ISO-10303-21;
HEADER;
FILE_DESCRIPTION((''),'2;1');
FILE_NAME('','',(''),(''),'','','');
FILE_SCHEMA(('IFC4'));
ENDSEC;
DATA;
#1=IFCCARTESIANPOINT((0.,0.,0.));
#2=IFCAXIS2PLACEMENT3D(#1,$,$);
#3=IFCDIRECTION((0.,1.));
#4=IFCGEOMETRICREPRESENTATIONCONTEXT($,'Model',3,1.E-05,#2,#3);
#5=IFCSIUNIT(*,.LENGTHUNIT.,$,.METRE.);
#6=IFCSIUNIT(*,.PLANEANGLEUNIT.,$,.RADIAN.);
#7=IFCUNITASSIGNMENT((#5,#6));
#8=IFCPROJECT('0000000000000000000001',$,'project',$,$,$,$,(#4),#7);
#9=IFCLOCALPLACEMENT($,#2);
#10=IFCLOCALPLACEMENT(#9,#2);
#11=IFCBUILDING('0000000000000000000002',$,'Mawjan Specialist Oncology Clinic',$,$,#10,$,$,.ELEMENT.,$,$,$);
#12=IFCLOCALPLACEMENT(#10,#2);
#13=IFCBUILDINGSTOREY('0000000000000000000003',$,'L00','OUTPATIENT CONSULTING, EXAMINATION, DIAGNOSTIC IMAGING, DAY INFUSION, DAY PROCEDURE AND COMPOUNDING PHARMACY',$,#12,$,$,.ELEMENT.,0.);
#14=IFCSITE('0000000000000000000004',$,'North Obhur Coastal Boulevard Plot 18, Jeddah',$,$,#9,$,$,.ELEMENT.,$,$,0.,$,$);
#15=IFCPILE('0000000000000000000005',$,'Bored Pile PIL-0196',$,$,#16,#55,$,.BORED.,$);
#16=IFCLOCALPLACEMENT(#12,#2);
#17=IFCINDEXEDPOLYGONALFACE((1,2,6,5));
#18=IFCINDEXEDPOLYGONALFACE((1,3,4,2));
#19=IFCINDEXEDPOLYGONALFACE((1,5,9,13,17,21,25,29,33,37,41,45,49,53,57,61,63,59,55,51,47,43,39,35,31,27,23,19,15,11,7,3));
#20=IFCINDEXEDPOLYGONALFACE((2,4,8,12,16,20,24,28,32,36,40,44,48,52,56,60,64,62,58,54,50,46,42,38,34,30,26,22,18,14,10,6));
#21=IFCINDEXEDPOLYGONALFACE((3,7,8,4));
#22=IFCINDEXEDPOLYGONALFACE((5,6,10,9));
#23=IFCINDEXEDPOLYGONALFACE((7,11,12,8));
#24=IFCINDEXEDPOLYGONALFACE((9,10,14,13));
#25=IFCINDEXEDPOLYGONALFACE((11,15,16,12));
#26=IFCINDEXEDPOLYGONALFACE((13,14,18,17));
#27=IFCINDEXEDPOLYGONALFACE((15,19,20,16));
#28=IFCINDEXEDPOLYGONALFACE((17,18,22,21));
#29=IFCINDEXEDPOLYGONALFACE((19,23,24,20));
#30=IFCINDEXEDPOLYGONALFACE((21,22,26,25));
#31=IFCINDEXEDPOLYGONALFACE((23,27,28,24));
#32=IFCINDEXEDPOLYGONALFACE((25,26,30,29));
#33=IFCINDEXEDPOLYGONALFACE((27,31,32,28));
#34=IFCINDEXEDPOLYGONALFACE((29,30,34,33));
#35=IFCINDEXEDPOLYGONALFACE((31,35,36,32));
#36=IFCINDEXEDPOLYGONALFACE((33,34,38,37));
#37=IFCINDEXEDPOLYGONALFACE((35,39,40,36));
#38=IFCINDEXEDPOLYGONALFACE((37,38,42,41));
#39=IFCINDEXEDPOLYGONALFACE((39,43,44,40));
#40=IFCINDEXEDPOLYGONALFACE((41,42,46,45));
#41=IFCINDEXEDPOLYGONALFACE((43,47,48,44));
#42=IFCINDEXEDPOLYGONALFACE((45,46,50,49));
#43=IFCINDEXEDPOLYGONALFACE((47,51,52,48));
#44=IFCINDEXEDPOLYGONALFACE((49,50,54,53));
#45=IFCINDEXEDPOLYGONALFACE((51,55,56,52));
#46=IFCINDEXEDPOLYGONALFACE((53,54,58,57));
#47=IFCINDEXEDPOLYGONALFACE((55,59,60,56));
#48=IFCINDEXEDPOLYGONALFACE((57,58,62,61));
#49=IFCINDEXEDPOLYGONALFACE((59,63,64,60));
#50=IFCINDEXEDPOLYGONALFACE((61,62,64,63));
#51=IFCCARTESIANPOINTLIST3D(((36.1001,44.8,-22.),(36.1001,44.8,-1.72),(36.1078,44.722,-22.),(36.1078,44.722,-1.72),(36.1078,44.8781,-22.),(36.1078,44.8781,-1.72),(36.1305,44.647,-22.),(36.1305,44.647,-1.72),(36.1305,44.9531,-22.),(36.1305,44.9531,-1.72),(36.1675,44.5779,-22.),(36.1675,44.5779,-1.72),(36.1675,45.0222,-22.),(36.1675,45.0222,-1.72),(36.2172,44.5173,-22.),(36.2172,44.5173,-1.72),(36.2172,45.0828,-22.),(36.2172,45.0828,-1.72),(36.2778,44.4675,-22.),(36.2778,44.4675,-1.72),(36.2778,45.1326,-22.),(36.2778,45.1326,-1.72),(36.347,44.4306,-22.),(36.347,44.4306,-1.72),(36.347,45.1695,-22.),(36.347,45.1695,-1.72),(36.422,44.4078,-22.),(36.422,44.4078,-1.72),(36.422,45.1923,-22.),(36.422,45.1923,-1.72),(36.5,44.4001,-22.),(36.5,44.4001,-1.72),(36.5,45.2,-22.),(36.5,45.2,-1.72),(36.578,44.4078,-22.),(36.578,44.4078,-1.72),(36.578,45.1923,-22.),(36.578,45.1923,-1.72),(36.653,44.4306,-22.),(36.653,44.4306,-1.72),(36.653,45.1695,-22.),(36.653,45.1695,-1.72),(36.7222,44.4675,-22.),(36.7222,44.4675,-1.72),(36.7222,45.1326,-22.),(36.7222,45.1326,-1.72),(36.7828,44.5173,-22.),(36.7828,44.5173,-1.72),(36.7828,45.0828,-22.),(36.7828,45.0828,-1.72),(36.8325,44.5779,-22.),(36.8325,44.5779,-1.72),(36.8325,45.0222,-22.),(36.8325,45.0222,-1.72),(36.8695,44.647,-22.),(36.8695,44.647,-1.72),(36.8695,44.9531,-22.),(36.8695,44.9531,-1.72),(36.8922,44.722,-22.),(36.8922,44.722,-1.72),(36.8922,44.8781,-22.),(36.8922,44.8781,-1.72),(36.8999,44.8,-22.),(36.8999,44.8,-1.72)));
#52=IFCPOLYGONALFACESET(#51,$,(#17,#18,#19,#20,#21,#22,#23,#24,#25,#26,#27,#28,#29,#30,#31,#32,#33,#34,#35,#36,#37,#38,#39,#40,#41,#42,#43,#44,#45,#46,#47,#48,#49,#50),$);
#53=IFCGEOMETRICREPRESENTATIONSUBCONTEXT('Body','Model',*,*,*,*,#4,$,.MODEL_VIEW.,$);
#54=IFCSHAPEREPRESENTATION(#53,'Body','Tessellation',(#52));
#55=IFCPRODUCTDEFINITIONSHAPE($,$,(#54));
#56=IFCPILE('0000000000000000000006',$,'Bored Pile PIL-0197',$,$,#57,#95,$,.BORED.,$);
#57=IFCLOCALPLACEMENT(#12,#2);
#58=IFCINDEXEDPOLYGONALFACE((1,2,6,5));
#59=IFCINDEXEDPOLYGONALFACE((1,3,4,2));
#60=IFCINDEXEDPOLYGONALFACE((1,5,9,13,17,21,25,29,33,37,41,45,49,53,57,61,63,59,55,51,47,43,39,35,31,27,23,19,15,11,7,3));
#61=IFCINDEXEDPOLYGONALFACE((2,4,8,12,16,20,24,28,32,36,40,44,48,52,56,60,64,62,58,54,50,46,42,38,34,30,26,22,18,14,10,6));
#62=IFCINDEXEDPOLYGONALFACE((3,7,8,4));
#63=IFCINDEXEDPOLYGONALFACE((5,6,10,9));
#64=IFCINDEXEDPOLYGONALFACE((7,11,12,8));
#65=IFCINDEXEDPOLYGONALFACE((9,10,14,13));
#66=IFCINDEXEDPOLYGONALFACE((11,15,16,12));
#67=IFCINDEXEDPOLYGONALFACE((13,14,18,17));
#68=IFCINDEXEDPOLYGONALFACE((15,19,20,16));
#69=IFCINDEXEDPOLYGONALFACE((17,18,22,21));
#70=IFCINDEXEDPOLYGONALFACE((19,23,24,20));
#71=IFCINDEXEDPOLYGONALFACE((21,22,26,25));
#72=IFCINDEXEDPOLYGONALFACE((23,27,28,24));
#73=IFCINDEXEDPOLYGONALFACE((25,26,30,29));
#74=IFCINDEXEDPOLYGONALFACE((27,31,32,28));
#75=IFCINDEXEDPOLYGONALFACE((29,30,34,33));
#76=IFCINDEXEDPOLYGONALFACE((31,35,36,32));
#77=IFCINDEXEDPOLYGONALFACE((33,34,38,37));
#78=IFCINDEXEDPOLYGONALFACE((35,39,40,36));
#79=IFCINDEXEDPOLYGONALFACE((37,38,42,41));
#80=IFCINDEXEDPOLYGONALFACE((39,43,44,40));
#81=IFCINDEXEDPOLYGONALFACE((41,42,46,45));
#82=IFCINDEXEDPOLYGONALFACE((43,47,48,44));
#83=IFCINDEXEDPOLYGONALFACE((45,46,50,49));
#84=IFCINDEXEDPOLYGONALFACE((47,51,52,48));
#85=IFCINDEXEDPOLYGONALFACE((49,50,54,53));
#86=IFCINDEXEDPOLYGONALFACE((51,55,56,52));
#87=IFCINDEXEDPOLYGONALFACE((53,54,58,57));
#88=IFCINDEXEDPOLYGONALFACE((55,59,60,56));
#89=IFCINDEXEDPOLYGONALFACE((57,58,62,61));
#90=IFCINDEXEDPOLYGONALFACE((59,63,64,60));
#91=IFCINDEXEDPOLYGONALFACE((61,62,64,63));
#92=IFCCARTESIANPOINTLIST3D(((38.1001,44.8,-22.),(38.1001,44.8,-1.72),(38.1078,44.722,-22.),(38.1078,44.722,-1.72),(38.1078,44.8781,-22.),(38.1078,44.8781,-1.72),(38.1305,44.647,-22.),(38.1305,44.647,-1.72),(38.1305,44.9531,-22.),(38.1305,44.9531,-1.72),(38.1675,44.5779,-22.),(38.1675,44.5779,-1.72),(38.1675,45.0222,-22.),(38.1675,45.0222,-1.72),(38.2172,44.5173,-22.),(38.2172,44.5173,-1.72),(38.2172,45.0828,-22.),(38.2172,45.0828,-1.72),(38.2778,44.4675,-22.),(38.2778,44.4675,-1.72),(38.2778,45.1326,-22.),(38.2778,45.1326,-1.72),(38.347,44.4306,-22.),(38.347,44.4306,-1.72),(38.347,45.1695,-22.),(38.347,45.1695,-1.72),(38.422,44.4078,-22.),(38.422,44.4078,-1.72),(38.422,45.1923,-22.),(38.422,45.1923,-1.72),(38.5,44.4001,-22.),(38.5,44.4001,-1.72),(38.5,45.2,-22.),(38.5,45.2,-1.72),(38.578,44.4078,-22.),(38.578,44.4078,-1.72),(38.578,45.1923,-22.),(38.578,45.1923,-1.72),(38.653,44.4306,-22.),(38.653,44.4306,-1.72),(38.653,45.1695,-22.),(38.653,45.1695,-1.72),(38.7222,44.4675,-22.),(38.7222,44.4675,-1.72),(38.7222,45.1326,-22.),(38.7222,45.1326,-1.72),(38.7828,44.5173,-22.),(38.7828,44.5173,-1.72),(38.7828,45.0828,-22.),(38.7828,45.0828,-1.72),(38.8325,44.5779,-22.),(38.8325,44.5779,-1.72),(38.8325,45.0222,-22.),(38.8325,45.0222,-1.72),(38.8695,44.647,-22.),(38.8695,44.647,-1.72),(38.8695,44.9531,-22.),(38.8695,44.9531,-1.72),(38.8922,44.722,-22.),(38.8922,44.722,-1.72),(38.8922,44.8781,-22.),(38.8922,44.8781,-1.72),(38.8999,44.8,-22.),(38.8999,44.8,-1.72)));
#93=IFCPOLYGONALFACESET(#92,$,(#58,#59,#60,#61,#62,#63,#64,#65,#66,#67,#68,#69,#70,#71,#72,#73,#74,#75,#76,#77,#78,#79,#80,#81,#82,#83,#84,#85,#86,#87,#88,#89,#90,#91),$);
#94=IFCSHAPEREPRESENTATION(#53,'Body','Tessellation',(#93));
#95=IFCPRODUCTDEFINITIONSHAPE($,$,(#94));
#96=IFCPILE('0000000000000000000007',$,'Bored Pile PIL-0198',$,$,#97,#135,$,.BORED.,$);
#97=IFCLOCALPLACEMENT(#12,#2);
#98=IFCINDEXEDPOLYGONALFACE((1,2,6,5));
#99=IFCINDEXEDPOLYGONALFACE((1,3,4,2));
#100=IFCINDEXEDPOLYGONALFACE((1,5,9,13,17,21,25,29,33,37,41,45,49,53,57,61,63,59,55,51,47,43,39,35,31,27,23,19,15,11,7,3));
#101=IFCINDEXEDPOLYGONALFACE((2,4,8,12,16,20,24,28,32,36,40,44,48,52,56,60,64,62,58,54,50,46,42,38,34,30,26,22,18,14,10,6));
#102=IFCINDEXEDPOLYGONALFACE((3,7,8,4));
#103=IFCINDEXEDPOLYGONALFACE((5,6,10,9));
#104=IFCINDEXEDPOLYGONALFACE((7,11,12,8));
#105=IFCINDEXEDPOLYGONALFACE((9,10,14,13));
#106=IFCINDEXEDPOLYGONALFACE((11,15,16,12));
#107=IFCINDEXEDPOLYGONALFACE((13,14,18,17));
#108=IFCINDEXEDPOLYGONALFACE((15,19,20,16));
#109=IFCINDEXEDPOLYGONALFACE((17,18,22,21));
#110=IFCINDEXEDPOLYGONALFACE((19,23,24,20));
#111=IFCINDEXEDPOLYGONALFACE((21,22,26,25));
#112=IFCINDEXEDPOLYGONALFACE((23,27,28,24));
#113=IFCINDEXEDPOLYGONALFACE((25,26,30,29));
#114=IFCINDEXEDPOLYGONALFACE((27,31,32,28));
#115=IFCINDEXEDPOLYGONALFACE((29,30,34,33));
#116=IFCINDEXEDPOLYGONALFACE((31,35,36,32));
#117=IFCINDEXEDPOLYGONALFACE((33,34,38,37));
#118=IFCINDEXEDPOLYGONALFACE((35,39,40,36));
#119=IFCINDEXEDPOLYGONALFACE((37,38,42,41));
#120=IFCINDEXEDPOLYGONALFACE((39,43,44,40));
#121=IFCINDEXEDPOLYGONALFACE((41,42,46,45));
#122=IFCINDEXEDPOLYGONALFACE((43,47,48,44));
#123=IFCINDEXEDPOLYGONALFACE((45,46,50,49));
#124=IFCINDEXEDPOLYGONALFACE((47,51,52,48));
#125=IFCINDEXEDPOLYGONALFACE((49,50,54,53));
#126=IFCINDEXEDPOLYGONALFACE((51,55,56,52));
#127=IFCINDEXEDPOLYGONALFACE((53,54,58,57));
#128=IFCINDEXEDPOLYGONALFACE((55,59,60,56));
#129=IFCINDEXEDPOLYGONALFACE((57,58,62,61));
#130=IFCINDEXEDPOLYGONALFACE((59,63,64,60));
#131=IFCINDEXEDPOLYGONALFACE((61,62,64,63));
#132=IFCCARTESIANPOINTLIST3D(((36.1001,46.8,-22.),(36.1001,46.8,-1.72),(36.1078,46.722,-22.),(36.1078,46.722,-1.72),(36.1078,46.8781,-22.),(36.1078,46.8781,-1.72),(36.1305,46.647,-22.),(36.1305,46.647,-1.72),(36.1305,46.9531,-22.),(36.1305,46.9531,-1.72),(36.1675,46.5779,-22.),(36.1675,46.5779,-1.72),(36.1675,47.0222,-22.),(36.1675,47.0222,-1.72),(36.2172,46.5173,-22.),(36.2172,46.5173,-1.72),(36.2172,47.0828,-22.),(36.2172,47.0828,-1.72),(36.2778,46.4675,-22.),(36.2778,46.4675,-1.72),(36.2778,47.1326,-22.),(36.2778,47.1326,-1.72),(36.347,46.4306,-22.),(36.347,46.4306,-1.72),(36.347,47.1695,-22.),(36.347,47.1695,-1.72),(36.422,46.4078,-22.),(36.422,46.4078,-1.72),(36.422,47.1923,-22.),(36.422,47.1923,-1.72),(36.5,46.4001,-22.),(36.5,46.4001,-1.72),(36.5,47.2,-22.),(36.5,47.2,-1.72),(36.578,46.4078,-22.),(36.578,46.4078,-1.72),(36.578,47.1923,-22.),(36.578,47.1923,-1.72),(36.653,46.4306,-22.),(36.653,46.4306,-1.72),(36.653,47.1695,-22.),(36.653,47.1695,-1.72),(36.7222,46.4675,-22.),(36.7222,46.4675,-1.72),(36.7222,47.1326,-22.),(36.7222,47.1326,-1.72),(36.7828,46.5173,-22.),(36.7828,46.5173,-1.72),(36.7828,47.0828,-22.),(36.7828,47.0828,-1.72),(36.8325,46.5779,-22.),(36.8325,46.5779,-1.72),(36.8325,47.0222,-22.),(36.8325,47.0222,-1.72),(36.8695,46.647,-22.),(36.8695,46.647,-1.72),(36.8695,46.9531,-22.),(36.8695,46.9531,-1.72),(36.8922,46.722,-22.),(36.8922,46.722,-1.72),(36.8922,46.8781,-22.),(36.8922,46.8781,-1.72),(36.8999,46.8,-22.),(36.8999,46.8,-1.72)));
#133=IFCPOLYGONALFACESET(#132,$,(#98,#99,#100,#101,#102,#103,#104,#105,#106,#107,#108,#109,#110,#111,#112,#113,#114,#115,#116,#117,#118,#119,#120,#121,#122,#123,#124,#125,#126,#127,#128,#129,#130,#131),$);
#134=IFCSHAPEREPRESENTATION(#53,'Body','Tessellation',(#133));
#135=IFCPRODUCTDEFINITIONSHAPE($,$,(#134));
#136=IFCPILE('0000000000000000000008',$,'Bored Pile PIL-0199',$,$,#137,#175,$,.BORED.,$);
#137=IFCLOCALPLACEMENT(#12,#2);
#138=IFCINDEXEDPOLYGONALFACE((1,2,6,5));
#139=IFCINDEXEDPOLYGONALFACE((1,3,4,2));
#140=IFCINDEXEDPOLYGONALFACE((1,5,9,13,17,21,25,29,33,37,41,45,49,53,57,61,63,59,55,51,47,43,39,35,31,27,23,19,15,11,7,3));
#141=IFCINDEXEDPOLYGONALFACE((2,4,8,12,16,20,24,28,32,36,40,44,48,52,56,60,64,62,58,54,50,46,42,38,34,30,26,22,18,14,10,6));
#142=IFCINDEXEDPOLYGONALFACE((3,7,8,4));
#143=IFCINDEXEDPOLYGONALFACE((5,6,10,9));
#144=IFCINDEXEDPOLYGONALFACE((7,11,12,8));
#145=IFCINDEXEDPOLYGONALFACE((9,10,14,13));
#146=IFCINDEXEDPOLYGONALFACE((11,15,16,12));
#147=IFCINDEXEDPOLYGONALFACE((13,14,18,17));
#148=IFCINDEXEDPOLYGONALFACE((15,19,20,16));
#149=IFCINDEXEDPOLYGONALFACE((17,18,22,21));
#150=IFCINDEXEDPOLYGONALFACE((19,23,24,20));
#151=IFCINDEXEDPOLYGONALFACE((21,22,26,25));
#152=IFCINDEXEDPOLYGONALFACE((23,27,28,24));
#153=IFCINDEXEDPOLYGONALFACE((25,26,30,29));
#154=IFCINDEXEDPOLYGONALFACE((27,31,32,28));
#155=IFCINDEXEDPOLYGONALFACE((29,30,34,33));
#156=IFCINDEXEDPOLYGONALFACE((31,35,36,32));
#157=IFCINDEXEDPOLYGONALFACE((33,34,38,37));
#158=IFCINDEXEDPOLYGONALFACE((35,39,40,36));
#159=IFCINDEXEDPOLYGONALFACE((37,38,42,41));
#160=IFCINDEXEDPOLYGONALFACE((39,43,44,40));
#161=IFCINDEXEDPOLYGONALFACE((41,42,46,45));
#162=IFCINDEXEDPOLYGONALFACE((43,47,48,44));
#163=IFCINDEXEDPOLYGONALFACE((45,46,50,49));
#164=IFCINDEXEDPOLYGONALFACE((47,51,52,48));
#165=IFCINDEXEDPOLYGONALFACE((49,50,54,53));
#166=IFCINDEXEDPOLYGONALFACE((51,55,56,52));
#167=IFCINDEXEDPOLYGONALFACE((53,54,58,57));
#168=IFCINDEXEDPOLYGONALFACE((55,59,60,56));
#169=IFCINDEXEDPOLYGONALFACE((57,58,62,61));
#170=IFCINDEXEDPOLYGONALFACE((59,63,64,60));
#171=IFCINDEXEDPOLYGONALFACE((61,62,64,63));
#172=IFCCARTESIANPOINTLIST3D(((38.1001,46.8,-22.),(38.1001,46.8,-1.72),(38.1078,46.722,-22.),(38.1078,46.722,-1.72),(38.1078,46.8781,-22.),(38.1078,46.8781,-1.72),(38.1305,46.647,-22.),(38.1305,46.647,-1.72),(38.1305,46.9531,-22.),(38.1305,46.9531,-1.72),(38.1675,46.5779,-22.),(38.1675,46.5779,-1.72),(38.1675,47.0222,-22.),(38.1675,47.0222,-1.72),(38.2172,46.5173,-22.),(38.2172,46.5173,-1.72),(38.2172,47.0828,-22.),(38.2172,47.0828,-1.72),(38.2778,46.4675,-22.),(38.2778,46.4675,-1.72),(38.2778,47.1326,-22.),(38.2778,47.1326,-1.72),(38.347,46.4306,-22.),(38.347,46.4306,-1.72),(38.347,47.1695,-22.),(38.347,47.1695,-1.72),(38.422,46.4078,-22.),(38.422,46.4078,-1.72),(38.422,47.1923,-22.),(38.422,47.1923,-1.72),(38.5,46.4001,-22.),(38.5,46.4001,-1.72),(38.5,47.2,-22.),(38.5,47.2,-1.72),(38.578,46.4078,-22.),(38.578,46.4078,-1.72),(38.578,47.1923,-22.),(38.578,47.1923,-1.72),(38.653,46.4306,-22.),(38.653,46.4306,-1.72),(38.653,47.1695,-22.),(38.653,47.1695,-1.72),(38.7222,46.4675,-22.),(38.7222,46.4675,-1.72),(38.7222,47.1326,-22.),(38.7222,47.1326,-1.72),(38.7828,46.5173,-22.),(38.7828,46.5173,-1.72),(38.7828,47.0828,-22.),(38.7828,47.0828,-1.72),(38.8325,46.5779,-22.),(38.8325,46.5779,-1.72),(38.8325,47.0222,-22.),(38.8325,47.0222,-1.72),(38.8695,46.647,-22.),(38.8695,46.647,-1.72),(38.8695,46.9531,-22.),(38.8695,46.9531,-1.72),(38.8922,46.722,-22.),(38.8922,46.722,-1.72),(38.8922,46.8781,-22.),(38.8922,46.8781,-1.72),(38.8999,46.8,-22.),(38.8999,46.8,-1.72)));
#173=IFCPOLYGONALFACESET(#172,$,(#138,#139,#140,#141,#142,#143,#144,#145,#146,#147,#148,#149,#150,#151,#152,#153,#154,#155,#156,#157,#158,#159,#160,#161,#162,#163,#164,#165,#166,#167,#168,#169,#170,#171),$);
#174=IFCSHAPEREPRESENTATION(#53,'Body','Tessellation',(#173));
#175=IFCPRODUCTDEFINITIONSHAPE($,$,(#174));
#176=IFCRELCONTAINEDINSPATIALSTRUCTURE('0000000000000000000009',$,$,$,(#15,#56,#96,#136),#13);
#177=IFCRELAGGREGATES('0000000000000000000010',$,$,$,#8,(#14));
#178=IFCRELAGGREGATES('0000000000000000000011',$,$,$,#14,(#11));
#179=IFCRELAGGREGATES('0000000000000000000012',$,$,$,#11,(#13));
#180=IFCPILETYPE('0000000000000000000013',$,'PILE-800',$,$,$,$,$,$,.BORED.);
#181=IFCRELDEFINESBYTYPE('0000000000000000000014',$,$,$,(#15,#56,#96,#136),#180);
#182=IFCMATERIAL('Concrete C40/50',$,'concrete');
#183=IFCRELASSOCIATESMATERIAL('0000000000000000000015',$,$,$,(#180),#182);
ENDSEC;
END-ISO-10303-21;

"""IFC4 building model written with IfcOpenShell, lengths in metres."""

from ifc_helpers import new_model, si_unit, direction, frame, origin, origin_2d, place, context, subcontext, project, spatial, circle, extrude, material, material_profile, profile_set, type_object, element, save


model = new_model("IFC4")

# Units and contexts
model_context = context("Model", 3, precision=1e-05, world=origin(), true_north=direction((0.0, 1.0)))
body_context = subcontext(model_context, "Body", "Model", "MODEL_VIEW")
ifc_project = project(units=[si_unit("LENGTHUNIT", "METRE"), si_unit("PLANEANGLEUNIT", "RADIAN")], contexts=[model_context])

# Site, building, storey
site_placement = place(None, origin())
site = spatial("IfcSite", under=ifc_project, at=site_placement, Name="North Obhur Coastal Boulevard Plot 18, Jeddah", CompositionType="ELEMENT", RefElevation=0.0)
building_placement = place(site_placement, origin())
building = spatial("IfcBuilding", under=site, at=building_placement, Name="Mawjan Specialist Oncology Clinic", CompositionType="ELEMENT")
storey_placement = place(building_placement, origin())
storey = spatial("IfcBuildingStorey", under=building, at=storey_placement, Name="L00", Description="OUTPATIENT CONSULTING, EXAMINATION, DIAGNOSTIC IMAGING, DAY INFUSION, DAY PROCEDURE AND COMPOUNDING PHARMACY", CompositionType="ELEMENT", Elevation=0.0)

# Piles
ifc_material_1 = material(Name="Concrete C40/50", Category="concrete")
ifc_material_profile_1 = material_profile(ifc_material_1, circle(Radius=0.3999, at=origin_2d()), Name="BORED PILE D800", Category="concrete")
ifc_profile_set_1 = profile_set([ifc_material_profile_1], Name="Concrete C40/50")
pile_type = type_object("IfcPileType", Name="PILE-800", PredefinedType="BORED", material=ifc_profile_set_1)
for number, where, z_axis, x_axis, name in (
    (1, (36.5, 44.8, -1.72), (0.0, 0.0, -1.0), (1.0, 0.0, 0.0), "Bored Pile PIL-0196"),
    (2, (38.5, 44.8, -1.72), (0.0, 0.0, -1.0), (1.0, 0.0, 0.0), "Bored Pile PIL-0197"),
    (3, (36.5, 46.8, -1.72), (0.0, 0.0, -1.0), (1.0, 0.0, 0.0), "Bored Pile PIL-0198"),
    (4, (38.5, 46.8, -1.72), (0.0, 0.0, -1.0), (1.0, 0.0, 0.0), "Bored Pile PIL-0199"),
):
    element("IfcPile", number, at=place(storey_placement, frame(where, z_axis=z_axis, x_axis=x_axis)), inside=storey, type_object=pile_type, Name=name, PredefinedType="BORED", context=body_context, shape_type="SweptSolid", body=[
        extrude(circle(Radius=0.3999, at=origin_2d()), origin(), (0.0, 0.0, 1.0), 20.28),
    ])

save(model, "model.ifc")
